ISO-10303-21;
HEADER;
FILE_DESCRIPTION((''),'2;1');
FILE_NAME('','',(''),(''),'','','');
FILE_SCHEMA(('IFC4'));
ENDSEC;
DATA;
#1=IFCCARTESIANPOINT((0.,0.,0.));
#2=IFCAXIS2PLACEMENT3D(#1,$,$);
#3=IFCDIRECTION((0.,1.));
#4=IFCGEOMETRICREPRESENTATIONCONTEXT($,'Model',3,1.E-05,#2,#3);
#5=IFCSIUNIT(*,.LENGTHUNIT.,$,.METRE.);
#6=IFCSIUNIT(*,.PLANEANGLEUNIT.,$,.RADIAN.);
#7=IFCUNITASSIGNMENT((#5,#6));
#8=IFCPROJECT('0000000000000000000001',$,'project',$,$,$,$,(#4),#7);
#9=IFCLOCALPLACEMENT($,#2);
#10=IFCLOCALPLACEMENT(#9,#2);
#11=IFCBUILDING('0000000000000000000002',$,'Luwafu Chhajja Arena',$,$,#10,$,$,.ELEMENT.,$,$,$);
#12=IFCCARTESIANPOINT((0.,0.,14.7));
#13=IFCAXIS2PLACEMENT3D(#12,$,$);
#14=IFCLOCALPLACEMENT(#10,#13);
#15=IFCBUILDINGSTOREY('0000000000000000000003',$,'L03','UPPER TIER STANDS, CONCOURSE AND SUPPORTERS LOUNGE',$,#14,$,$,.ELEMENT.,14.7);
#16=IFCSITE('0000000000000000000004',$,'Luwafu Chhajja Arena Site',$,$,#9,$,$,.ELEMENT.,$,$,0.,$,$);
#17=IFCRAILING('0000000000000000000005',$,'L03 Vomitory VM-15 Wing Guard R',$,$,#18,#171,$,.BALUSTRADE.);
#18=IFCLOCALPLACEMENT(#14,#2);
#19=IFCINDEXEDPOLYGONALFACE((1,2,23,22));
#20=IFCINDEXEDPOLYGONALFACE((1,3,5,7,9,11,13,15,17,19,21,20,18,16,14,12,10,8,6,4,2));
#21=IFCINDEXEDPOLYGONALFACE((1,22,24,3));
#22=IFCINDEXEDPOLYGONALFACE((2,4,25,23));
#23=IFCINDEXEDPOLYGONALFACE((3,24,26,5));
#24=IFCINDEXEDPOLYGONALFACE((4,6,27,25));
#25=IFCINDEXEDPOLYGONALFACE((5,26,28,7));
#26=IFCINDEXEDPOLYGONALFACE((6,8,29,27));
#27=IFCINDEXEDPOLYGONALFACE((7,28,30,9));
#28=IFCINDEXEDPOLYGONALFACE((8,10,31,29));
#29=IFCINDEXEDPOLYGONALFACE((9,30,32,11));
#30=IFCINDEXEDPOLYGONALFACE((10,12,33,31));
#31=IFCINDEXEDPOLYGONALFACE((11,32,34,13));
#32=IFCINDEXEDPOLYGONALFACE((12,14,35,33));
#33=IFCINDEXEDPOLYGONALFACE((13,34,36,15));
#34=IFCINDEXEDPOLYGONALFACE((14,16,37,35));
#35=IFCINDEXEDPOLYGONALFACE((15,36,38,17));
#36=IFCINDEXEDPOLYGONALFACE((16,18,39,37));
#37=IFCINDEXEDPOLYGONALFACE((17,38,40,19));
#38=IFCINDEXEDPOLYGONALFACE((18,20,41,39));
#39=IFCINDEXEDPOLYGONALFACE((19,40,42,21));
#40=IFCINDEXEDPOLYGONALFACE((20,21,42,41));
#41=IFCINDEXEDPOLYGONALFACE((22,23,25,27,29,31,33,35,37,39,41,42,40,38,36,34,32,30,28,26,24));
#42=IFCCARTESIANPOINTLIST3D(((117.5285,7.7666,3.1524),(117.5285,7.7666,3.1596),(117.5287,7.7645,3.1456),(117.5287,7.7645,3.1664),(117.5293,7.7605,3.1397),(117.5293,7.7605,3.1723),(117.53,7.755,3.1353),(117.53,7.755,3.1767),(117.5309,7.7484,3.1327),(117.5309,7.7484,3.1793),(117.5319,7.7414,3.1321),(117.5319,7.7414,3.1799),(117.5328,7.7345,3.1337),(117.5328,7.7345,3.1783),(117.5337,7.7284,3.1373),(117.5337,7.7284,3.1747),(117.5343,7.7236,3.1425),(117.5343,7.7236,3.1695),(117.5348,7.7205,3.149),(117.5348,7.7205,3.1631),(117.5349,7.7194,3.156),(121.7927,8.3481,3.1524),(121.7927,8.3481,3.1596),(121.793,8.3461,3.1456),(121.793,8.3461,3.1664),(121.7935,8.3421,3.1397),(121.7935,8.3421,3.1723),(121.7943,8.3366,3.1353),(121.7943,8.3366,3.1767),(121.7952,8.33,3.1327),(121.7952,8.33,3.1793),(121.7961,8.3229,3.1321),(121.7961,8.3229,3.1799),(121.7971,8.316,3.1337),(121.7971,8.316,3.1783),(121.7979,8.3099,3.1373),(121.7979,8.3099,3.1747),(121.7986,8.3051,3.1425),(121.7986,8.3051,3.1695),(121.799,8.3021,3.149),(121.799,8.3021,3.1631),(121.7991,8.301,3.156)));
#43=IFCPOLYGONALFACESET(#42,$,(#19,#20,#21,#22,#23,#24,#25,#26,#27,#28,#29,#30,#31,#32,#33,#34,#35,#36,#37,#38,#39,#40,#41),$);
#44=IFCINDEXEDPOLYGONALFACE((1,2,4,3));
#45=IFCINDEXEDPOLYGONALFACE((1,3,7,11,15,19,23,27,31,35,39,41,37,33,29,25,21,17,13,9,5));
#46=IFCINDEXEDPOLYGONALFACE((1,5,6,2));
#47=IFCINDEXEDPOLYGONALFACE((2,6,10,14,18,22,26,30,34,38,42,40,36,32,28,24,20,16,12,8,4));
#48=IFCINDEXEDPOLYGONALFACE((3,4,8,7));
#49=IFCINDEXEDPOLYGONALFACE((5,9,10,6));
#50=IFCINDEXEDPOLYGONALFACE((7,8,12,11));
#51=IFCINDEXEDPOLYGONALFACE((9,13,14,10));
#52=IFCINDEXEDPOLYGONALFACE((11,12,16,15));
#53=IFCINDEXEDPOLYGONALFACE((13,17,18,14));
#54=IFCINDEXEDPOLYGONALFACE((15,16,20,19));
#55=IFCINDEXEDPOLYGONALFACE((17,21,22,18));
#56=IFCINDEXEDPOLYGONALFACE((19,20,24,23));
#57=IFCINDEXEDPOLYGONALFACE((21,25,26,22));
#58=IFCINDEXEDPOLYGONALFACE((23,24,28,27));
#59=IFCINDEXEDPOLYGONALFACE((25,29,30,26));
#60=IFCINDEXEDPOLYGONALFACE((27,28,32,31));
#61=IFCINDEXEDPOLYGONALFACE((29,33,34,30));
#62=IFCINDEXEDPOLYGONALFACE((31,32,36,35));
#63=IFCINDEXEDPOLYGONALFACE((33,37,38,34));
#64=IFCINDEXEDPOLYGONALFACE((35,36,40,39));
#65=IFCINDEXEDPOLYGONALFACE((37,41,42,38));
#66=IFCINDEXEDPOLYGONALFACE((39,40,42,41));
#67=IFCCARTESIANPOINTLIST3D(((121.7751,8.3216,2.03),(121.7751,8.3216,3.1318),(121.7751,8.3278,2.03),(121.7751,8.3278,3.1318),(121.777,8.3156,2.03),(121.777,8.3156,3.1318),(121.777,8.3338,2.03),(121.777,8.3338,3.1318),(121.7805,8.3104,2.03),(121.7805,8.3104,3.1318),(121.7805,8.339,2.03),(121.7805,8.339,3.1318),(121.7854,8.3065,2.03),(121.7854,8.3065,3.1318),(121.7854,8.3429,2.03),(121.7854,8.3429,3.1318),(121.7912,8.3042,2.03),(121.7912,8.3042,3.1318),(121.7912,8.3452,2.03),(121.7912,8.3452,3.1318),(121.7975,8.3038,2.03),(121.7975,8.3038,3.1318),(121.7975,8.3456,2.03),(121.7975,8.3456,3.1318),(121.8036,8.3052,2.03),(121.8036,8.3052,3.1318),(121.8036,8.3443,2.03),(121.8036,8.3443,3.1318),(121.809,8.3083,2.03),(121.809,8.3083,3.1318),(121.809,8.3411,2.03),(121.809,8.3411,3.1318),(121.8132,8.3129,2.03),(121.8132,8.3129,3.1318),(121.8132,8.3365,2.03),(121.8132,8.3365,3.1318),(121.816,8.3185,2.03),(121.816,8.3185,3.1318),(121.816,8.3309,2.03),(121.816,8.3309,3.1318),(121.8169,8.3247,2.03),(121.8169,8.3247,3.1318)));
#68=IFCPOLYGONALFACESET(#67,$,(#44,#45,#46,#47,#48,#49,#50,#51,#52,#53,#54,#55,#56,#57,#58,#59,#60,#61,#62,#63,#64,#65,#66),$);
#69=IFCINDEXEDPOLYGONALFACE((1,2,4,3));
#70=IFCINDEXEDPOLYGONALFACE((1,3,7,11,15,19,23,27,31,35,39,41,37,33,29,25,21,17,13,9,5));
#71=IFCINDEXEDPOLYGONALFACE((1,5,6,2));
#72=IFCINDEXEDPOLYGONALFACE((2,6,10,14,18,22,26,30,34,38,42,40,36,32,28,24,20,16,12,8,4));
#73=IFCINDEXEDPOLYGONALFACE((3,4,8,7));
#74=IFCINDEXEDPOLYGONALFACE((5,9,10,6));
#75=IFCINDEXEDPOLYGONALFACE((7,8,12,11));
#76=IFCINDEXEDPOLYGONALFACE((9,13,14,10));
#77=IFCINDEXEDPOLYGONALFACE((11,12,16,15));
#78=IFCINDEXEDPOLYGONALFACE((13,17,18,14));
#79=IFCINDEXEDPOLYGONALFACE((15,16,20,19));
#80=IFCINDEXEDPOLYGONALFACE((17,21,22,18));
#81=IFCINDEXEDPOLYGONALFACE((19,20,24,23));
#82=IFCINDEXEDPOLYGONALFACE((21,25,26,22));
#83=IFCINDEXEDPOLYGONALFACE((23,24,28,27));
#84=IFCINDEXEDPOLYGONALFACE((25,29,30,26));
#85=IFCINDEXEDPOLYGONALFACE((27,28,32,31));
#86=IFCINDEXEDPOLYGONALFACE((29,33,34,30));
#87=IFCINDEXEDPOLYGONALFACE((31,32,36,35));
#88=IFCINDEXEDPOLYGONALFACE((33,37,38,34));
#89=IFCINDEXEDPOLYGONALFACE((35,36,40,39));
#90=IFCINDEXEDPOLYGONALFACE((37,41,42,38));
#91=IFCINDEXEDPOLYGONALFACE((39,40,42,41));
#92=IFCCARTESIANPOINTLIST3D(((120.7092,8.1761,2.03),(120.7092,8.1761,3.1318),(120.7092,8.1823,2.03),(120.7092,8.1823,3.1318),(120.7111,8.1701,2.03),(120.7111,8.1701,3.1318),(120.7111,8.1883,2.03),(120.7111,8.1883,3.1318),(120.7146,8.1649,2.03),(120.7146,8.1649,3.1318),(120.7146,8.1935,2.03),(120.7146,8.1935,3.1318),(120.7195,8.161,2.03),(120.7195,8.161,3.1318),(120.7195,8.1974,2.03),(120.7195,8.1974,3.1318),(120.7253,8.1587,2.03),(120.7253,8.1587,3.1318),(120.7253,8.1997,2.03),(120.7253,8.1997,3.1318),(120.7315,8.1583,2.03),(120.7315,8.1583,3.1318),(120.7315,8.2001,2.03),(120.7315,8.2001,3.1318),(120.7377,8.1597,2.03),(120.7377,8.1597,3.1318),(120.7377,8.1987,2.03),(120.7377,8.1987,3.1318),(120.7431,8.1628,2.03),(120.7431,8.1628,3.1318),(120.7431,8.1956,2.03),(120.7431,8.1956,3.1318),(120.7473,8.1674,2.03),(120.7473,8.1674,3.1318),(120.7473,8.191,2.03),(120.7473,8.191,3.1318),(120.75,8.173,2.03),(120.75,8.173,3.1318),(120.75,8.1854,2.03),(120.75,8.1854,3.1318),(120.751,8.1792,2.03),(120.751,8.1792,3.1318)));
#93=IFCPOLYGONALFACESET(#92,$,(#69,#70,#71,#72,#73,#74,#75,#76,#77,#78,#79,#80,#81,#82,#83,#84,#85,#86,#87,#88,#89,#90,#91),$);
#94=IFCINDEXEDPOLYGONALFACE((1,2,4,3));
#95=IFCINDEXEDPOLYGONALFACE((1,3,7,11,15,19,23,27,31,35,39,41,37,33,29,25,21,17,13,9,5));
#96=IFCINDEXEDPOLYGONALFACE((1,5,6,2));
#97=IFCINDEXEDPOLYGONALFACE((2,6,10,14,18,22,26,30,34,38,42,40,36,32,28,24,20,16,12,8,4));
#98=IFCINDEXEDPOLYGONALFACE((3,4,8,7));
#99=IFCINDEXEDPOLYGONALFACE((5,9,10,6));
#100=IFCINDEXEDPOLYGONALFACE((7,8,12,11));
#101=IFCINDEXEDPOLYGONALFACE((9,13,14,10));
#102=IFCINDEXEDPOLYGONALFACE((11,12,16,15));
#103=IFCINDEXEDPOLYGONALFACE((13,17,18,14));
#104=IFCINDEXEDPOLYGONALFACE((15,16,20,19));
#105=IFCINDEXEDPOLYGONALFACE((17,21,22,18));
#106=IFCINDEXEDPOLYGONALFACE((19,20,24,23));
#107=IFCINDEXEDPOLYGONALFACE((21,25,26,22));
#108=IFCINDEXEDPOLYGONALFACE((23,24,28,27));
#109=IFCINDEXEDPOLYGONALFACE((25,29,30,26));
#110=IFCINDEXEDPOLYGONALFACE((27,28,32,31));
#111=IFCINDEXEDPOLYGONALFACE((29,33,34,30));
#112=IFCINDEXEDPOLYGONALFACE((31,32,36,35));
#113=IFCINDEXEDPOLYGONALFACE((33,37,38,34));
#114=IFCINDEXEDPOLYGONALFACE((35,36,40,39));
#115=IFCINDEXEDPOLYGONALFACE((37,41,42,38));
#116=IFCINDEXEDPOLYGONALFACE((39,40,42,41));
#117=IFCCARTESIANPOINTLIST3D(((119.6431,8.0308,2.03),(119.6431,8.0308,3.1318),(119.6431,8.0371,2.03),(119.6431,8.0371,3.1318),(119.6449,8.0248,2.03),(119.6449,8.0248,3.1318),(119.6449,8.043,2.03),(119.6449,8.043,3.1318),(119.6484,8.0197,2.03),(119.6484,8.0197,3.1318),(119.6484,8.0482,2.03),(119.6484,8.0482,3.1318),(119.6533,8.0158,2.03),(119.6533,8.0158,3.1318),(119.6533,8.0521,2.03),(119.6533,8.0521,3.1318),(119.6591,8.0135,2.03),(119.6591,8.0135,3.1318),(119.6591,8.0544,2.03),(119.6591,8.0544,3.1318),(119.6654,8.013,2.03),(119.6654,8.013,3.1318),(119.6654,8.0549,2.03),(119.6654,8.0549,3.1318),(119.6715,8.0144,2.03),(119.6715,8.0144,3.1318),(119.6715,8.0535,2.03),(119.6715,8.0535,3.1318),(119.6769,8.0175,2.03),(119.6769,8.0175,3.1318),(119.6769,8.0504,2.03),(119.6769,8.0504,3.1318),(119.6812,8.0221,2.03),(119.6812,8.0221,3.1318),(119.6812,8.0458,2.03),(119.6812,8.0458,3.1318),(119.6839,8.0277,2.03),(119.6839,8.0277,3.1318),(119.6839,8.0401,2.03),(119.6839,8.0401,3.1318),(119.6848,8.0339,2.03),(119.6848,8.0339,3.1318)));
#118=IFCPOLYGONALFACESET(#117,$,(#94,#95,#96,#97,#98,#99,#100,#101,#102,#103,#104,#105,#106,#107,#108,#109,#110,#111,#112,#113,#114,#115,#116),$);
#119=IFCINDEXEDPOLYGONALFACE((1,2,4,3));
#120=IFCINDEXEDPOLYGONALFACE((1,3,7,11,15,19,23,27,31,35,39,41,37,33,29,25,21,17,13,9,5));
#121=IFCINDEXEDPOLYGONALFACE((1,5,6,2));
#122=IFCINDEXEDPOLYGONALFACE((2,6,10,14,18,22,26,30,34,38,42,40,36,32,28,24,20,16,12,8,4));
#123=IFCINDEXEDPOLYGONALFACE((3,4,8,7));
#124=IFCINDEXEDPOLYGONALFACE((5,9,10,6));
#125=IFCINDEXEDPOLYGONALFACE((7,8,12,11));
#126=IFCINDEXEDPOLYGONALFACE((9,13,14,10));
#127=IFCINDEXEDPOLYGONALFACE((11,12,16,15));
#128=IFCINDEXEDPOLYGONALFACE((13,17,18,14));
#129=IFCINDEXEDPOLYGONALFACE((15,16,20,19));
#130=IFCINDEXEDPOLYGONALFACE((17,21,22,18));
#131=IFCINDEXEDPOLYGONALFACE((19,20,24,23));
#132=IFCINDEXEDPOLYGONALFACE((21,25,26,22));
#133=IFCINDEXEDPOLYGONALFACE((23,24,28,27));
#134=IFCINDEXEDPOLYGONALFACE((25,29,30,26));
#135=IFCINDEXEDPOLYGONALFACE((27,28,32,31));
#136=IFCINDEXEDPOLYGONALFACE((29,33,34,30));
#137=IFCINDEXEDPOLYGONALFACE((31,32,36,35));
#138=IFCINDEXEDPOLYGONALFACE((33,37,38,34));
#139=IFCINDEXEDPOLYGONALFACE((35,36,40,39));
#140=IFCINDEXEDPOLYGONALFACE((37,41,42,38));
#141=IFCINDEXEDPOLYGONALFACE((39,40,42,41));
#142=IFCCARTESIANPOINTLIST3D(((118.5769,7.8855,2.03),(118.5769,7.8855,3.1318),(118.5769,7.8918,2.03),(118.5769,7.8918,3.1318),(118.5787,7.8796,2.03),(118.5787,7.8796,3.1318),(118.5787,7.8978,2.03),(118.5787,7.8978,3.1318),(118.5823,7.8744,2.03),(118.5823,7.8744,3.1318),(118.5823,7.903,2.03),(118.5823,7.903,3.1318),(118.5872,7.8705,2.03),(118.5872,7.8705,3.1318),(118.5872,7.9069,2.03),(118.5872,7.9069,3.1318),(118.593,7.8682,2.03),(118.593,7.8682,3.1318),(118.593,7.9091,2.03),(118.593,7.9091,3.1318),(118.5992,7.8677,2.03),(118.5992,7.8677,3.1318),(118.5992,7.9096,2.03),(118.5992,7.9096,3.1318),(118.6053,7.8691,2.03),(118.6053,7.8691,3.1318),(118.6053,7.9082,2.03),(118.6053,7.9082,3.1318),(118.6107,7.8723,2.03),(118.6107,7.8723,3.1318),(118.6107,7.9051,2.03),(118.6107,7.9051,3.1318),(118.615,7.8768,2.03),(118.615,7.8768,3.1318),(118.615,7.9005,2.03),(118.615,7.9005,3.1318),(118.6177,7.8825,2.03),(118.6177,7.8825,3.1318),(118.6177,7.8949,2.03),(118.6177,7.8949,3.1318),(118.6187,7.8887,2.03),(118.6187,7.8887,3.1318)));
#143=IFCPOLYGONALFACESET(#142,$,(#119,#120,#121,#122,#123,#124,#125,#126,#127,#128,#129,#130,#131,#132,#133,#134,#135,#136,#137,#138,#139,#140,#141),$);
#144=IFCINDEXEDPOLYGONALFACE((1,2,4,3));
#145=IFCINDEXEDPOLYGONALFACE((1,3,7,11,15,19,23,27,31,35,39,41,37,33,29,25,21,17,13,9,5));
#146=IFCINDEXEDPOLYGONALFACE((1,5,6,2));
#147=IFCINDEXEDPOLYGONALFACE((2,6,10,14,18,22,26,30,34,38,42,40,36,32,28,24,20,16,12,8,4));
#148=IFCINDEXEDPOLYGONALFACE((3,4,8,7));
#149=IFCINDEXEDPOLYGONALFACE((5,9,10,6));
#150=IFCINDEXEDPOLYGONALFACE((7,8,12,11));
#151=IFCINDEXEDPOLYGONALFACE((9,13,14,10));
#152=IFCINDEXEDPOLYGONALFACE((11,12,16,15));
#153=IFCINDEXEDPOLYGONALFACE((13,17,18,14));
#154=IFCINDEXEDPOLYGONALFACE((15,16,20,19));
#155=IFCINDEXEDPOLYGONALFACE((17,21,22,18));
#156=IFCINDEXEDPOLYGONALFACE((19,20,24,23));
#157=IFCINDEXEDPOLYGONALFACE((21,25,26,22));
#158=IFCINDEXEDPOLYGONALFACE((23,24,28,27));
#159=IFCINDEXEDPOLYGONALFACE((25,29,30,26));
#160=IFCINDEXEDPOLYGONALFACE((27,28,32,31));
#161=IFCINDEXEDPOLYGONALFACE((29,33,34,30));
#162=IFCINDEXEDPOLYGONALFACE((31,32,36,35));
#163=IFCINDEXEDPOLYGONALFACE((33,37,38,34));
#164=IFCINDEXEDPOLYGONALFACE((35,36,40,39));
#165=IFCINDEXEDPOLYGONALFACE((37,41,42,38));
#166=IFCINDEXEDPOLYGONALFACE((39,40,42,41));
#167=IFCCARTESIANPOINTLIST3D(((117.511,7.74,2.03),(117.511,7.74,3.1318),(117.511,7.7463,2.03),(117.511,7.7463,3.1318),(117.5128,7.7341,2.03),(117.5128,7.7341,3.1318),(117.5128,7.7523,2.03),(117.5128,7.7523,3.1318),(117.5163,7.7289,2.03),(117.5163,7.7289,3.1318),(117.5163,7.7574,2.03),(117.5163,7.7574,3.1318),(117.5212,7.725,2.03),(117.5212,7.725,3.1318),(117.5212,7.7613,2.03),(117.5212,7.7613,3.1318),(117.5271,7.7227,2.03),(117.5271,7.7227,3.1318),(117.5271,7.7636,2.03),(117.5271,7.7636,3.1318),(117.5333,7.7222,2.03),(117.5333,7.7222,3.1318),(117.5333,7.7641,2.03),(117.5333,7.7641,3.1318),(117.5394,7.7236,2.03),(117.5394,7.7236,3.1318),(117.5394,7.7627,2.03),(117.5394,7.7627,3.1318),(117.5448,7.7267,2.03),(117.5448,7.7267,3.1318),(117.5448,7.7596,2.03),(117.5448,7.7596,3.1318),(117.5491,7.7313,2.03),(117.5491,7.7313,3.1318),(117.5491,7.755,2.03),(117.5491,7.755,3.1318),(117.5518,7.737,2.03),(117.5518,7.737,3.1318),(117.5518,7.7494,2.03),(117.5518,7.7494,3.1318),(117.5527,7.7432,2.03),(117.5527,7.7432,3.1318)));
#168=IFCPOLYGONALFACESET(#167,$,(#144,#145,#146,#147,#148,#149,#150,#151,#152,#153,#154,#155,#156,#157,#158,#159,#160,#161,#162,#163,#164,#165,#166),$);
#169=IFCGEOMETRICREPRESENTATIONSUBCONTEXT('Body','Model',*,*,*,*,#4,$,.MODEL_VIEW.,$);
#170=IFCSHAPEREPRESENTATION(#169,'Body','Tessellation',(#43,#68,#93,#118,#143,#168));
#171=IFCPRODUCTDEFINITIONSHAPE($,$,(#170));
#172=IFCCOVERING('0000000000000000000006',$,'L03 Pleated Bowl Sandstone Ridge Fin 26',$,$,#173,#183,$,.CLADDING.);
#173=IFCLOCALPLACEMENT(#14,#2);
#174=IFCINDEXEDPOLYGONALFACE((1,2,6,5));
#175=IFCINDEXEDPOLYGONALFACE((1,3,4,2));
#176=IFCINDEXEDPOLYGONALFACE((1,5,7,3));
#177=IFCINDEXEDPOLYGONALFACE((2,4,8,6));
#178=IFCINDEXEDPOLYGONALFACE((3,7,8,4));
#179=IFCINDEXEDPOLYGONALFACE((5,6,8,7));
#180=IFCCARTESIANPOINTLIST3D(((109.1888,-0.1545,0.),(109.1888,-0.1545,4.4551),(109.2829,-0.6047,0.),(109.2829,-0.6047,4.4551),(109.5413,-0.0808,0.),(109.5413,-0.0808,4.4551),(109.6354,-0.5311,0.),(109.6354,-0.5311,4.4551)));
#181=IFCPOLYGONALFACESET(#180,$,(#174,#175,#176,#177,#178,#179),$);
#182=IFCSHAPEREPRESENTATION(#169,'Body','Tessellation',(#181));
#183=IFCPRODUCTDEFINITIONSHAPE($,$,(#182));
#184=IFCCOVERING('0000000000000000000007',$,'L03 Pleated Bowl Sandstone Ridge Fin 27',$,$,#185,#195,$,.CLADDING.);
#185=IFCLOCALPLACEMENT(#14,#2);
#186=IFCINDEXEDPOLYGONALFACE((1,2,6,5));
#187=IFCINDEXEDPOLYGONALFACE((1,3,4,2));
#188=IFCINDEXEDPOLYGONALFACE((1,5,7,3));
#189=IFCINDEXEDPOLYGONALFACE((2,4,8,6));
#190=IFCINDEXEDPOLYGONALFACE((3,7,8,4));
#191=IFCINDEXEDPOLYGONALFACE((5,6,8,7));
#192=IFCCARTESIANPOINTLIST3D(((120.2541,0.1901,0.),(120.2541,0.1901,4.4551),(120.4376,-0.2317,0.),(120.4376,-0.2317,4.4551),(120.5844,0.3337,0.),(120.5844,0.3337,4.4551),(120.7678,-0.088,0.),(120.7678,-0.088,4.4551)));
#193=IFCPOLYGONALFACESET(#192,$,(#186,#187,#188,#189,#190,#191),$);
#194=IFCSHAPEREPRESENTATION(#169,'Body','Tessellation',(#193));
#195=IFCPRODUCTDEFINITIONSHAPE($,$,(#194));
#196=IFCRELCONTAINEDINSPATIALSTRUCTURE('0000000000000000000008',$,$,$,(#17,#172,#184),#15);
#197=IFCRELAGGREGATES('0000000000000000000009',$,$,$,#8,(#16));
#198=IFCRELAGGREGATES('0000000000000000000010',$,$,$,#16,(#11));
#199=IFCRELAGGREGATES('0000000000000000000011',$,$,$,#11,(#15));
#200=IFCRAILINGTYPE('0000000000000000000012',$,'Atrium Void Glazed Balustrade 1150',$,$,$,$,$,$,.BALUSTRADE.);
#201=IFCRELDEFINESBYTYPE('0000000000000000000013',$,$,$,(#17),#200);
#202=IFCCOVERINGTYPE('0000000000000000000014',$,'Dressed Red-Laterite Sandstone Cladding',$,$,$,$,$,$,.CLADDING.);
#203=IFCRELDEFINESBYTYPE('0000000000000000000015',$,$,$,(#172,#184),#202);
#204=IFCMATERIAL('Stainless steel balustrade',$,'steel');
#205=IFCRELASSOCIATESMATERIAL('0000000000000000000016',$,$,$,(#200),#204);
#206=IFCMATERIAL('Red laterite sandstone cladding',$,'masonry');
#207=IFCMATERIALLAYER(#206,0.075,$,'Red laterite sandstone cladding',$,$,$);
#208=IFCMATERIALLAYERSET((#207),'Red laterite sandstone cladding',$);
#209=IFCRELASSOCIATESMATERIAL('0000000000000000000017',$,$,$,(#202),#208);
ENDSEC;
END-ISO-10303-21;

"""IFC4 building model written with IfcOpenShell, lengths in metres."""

from ifc_helpers import new_model, si_unit, direction, frame, origin, origin_2d, place, context, subcontext, project, spatial, rectangle, circle, extrude, material, layer, layer_set, type_object, element, save


model = new_model("IFC4")

# Units and contexts
model_context = context("Model", 3, precision=1e-05, world=origin(), true_north=direction((0.0, 1.0)))
body_context = subcontext(model_context, "Body", "Model", "MODEL_VIEW")
ifc_project = project(units=[si_unit("LENGTHUNIT", "METRE"), si_unit("PLANEANGLEUNIT", "RADIAN")], contexts=[model_context])

# Site, building, storey
site_placement = place(None, origin())
site = spatial("IfcSite", under=ifc_project, at=site_placement, Name="Luwafu Chhajja Arena Site", CompositionType="ELEMENT", RefElevation=0.0)
building_placement = place(site_placement, origin())
building = spatial("IfcBuilding", under=site, at=building_placement, Name="Luwafu Chhajja Arena", CompositionType="ELEMENT")
storey_placement = place(building_placement, frame((0.0, 0.0, 14.7)))
storey = spatial("IfcBuildingStorey", under=building, at=storey_placement, Name="L03", Description="UPPER TIER STANDS, CONCOURSE AND SUPPORTERS LOUNGE", CompositionType="ELEMENT", Elevation=14.7)

# Railing
ifc_material_1 = material(Name="Stainless steel balustrade", Category="steel")
railing_type_1 = type_object("IfcRailingType", Name="Atrium Void Glazed Balustrade 1150", PredefinedType="BALUSTRADE", material=ifc_material_1)
railing_1_placement = place(storey_placement, frame((121.7959, 8.3247, 2.03)))
element("IfcRailing", 1, at=railing_1_placement, inside=storey, type_object=railing_type_1, Name="L03 Vomitory VM-15 Wing Guard R", PredefinedType="BALUSTRADE", context=body_context, shape_type="SweptSolid", body=[
    extrude(circle(Radius=0.0239, at=origin_2d()), frame((0.0, 0.0, 1.126), z_axis=(-0.990828, -0.135128, 0.0), x_axis=(0.135128, -0.990828, 0.0)), (0.0, 0.0, 1.0), 4.3037),
    extrude(circle(Radius=0.021, at=origin_2d()), origin(), (0.0, 0.0, 1.0), 1.1018),
    extrude(circle(Radius=0.021, at=origin_2d()), frame((-1.0659, -0.1455, 0.0)), (0.0, 0.0, 1.0), 1.1018),
    extrude(circle(Radius=0.021, at=origin_2d()), frame((-2.1321, -0.2908, 0.0)), (0.0, 0.0, 1.0), 1.1018),
    extrude(circle(Radius=0.021, at=origin_2d()), frame((-3.1982, -0.436, 0.0)), (0.0, 0.0, 1.0), 1.1018),
    extrude(circle(Radius=0.021, at=origin_2d()), frame((-4.2642, -0.5815, 0.0)), (0.0, 0.0, 1.0), 1.1018),
])

# Coverings
ifc_material_2 = material(Name="Red laterite sandstone cladding", Category="masonry")
ifc_layer_1 = layer(ifc_material_2, 0.075, Name="Red laterite sandstone cladding")
ifc_layer_set_1 = layer_set([ifc_layer_1], Name="Red laterite sandstone cladding")
covering_type = type_object("IfcCoveringType", Name="Dressed Red-Laterite Sandstone Cladding", PredefinedType="CLADDING", material=ifc_layer_set_1)
for number, where, z_axis, x_axis, name in (
    (2, (109.4121, -0.3428, 0.0), (0.0, 0.0, 1.0), (0.204485, -0.97887, 0.0), "L03 Pleated Bowl Sandstone Ridge Fin 26"),
    (3, (120.511, 0.051, 0.0), (0.0, 0.0, 1.0), (0.398903, -0.916993, 0.0), "L03 Pleated Bowl Sandstone Ridge Fin 27"),
):
    element("IfcCovering", number, at=place(storey_placement, frame(where, z_axis=z_axis, x_axis=x_axis)), inside=storey, type_object=covering_type, Name=name, PredefinedType="CLADDING", context=body_context, shape_type="SweptSolid", body=[
        extrude(rectangle(XDim=0.46, YDim=0.3601, at=origin_2d()), origin(), (0.0, 0.0, 1.0), 4.4551),
    ])

save(model, "model.ifc")
